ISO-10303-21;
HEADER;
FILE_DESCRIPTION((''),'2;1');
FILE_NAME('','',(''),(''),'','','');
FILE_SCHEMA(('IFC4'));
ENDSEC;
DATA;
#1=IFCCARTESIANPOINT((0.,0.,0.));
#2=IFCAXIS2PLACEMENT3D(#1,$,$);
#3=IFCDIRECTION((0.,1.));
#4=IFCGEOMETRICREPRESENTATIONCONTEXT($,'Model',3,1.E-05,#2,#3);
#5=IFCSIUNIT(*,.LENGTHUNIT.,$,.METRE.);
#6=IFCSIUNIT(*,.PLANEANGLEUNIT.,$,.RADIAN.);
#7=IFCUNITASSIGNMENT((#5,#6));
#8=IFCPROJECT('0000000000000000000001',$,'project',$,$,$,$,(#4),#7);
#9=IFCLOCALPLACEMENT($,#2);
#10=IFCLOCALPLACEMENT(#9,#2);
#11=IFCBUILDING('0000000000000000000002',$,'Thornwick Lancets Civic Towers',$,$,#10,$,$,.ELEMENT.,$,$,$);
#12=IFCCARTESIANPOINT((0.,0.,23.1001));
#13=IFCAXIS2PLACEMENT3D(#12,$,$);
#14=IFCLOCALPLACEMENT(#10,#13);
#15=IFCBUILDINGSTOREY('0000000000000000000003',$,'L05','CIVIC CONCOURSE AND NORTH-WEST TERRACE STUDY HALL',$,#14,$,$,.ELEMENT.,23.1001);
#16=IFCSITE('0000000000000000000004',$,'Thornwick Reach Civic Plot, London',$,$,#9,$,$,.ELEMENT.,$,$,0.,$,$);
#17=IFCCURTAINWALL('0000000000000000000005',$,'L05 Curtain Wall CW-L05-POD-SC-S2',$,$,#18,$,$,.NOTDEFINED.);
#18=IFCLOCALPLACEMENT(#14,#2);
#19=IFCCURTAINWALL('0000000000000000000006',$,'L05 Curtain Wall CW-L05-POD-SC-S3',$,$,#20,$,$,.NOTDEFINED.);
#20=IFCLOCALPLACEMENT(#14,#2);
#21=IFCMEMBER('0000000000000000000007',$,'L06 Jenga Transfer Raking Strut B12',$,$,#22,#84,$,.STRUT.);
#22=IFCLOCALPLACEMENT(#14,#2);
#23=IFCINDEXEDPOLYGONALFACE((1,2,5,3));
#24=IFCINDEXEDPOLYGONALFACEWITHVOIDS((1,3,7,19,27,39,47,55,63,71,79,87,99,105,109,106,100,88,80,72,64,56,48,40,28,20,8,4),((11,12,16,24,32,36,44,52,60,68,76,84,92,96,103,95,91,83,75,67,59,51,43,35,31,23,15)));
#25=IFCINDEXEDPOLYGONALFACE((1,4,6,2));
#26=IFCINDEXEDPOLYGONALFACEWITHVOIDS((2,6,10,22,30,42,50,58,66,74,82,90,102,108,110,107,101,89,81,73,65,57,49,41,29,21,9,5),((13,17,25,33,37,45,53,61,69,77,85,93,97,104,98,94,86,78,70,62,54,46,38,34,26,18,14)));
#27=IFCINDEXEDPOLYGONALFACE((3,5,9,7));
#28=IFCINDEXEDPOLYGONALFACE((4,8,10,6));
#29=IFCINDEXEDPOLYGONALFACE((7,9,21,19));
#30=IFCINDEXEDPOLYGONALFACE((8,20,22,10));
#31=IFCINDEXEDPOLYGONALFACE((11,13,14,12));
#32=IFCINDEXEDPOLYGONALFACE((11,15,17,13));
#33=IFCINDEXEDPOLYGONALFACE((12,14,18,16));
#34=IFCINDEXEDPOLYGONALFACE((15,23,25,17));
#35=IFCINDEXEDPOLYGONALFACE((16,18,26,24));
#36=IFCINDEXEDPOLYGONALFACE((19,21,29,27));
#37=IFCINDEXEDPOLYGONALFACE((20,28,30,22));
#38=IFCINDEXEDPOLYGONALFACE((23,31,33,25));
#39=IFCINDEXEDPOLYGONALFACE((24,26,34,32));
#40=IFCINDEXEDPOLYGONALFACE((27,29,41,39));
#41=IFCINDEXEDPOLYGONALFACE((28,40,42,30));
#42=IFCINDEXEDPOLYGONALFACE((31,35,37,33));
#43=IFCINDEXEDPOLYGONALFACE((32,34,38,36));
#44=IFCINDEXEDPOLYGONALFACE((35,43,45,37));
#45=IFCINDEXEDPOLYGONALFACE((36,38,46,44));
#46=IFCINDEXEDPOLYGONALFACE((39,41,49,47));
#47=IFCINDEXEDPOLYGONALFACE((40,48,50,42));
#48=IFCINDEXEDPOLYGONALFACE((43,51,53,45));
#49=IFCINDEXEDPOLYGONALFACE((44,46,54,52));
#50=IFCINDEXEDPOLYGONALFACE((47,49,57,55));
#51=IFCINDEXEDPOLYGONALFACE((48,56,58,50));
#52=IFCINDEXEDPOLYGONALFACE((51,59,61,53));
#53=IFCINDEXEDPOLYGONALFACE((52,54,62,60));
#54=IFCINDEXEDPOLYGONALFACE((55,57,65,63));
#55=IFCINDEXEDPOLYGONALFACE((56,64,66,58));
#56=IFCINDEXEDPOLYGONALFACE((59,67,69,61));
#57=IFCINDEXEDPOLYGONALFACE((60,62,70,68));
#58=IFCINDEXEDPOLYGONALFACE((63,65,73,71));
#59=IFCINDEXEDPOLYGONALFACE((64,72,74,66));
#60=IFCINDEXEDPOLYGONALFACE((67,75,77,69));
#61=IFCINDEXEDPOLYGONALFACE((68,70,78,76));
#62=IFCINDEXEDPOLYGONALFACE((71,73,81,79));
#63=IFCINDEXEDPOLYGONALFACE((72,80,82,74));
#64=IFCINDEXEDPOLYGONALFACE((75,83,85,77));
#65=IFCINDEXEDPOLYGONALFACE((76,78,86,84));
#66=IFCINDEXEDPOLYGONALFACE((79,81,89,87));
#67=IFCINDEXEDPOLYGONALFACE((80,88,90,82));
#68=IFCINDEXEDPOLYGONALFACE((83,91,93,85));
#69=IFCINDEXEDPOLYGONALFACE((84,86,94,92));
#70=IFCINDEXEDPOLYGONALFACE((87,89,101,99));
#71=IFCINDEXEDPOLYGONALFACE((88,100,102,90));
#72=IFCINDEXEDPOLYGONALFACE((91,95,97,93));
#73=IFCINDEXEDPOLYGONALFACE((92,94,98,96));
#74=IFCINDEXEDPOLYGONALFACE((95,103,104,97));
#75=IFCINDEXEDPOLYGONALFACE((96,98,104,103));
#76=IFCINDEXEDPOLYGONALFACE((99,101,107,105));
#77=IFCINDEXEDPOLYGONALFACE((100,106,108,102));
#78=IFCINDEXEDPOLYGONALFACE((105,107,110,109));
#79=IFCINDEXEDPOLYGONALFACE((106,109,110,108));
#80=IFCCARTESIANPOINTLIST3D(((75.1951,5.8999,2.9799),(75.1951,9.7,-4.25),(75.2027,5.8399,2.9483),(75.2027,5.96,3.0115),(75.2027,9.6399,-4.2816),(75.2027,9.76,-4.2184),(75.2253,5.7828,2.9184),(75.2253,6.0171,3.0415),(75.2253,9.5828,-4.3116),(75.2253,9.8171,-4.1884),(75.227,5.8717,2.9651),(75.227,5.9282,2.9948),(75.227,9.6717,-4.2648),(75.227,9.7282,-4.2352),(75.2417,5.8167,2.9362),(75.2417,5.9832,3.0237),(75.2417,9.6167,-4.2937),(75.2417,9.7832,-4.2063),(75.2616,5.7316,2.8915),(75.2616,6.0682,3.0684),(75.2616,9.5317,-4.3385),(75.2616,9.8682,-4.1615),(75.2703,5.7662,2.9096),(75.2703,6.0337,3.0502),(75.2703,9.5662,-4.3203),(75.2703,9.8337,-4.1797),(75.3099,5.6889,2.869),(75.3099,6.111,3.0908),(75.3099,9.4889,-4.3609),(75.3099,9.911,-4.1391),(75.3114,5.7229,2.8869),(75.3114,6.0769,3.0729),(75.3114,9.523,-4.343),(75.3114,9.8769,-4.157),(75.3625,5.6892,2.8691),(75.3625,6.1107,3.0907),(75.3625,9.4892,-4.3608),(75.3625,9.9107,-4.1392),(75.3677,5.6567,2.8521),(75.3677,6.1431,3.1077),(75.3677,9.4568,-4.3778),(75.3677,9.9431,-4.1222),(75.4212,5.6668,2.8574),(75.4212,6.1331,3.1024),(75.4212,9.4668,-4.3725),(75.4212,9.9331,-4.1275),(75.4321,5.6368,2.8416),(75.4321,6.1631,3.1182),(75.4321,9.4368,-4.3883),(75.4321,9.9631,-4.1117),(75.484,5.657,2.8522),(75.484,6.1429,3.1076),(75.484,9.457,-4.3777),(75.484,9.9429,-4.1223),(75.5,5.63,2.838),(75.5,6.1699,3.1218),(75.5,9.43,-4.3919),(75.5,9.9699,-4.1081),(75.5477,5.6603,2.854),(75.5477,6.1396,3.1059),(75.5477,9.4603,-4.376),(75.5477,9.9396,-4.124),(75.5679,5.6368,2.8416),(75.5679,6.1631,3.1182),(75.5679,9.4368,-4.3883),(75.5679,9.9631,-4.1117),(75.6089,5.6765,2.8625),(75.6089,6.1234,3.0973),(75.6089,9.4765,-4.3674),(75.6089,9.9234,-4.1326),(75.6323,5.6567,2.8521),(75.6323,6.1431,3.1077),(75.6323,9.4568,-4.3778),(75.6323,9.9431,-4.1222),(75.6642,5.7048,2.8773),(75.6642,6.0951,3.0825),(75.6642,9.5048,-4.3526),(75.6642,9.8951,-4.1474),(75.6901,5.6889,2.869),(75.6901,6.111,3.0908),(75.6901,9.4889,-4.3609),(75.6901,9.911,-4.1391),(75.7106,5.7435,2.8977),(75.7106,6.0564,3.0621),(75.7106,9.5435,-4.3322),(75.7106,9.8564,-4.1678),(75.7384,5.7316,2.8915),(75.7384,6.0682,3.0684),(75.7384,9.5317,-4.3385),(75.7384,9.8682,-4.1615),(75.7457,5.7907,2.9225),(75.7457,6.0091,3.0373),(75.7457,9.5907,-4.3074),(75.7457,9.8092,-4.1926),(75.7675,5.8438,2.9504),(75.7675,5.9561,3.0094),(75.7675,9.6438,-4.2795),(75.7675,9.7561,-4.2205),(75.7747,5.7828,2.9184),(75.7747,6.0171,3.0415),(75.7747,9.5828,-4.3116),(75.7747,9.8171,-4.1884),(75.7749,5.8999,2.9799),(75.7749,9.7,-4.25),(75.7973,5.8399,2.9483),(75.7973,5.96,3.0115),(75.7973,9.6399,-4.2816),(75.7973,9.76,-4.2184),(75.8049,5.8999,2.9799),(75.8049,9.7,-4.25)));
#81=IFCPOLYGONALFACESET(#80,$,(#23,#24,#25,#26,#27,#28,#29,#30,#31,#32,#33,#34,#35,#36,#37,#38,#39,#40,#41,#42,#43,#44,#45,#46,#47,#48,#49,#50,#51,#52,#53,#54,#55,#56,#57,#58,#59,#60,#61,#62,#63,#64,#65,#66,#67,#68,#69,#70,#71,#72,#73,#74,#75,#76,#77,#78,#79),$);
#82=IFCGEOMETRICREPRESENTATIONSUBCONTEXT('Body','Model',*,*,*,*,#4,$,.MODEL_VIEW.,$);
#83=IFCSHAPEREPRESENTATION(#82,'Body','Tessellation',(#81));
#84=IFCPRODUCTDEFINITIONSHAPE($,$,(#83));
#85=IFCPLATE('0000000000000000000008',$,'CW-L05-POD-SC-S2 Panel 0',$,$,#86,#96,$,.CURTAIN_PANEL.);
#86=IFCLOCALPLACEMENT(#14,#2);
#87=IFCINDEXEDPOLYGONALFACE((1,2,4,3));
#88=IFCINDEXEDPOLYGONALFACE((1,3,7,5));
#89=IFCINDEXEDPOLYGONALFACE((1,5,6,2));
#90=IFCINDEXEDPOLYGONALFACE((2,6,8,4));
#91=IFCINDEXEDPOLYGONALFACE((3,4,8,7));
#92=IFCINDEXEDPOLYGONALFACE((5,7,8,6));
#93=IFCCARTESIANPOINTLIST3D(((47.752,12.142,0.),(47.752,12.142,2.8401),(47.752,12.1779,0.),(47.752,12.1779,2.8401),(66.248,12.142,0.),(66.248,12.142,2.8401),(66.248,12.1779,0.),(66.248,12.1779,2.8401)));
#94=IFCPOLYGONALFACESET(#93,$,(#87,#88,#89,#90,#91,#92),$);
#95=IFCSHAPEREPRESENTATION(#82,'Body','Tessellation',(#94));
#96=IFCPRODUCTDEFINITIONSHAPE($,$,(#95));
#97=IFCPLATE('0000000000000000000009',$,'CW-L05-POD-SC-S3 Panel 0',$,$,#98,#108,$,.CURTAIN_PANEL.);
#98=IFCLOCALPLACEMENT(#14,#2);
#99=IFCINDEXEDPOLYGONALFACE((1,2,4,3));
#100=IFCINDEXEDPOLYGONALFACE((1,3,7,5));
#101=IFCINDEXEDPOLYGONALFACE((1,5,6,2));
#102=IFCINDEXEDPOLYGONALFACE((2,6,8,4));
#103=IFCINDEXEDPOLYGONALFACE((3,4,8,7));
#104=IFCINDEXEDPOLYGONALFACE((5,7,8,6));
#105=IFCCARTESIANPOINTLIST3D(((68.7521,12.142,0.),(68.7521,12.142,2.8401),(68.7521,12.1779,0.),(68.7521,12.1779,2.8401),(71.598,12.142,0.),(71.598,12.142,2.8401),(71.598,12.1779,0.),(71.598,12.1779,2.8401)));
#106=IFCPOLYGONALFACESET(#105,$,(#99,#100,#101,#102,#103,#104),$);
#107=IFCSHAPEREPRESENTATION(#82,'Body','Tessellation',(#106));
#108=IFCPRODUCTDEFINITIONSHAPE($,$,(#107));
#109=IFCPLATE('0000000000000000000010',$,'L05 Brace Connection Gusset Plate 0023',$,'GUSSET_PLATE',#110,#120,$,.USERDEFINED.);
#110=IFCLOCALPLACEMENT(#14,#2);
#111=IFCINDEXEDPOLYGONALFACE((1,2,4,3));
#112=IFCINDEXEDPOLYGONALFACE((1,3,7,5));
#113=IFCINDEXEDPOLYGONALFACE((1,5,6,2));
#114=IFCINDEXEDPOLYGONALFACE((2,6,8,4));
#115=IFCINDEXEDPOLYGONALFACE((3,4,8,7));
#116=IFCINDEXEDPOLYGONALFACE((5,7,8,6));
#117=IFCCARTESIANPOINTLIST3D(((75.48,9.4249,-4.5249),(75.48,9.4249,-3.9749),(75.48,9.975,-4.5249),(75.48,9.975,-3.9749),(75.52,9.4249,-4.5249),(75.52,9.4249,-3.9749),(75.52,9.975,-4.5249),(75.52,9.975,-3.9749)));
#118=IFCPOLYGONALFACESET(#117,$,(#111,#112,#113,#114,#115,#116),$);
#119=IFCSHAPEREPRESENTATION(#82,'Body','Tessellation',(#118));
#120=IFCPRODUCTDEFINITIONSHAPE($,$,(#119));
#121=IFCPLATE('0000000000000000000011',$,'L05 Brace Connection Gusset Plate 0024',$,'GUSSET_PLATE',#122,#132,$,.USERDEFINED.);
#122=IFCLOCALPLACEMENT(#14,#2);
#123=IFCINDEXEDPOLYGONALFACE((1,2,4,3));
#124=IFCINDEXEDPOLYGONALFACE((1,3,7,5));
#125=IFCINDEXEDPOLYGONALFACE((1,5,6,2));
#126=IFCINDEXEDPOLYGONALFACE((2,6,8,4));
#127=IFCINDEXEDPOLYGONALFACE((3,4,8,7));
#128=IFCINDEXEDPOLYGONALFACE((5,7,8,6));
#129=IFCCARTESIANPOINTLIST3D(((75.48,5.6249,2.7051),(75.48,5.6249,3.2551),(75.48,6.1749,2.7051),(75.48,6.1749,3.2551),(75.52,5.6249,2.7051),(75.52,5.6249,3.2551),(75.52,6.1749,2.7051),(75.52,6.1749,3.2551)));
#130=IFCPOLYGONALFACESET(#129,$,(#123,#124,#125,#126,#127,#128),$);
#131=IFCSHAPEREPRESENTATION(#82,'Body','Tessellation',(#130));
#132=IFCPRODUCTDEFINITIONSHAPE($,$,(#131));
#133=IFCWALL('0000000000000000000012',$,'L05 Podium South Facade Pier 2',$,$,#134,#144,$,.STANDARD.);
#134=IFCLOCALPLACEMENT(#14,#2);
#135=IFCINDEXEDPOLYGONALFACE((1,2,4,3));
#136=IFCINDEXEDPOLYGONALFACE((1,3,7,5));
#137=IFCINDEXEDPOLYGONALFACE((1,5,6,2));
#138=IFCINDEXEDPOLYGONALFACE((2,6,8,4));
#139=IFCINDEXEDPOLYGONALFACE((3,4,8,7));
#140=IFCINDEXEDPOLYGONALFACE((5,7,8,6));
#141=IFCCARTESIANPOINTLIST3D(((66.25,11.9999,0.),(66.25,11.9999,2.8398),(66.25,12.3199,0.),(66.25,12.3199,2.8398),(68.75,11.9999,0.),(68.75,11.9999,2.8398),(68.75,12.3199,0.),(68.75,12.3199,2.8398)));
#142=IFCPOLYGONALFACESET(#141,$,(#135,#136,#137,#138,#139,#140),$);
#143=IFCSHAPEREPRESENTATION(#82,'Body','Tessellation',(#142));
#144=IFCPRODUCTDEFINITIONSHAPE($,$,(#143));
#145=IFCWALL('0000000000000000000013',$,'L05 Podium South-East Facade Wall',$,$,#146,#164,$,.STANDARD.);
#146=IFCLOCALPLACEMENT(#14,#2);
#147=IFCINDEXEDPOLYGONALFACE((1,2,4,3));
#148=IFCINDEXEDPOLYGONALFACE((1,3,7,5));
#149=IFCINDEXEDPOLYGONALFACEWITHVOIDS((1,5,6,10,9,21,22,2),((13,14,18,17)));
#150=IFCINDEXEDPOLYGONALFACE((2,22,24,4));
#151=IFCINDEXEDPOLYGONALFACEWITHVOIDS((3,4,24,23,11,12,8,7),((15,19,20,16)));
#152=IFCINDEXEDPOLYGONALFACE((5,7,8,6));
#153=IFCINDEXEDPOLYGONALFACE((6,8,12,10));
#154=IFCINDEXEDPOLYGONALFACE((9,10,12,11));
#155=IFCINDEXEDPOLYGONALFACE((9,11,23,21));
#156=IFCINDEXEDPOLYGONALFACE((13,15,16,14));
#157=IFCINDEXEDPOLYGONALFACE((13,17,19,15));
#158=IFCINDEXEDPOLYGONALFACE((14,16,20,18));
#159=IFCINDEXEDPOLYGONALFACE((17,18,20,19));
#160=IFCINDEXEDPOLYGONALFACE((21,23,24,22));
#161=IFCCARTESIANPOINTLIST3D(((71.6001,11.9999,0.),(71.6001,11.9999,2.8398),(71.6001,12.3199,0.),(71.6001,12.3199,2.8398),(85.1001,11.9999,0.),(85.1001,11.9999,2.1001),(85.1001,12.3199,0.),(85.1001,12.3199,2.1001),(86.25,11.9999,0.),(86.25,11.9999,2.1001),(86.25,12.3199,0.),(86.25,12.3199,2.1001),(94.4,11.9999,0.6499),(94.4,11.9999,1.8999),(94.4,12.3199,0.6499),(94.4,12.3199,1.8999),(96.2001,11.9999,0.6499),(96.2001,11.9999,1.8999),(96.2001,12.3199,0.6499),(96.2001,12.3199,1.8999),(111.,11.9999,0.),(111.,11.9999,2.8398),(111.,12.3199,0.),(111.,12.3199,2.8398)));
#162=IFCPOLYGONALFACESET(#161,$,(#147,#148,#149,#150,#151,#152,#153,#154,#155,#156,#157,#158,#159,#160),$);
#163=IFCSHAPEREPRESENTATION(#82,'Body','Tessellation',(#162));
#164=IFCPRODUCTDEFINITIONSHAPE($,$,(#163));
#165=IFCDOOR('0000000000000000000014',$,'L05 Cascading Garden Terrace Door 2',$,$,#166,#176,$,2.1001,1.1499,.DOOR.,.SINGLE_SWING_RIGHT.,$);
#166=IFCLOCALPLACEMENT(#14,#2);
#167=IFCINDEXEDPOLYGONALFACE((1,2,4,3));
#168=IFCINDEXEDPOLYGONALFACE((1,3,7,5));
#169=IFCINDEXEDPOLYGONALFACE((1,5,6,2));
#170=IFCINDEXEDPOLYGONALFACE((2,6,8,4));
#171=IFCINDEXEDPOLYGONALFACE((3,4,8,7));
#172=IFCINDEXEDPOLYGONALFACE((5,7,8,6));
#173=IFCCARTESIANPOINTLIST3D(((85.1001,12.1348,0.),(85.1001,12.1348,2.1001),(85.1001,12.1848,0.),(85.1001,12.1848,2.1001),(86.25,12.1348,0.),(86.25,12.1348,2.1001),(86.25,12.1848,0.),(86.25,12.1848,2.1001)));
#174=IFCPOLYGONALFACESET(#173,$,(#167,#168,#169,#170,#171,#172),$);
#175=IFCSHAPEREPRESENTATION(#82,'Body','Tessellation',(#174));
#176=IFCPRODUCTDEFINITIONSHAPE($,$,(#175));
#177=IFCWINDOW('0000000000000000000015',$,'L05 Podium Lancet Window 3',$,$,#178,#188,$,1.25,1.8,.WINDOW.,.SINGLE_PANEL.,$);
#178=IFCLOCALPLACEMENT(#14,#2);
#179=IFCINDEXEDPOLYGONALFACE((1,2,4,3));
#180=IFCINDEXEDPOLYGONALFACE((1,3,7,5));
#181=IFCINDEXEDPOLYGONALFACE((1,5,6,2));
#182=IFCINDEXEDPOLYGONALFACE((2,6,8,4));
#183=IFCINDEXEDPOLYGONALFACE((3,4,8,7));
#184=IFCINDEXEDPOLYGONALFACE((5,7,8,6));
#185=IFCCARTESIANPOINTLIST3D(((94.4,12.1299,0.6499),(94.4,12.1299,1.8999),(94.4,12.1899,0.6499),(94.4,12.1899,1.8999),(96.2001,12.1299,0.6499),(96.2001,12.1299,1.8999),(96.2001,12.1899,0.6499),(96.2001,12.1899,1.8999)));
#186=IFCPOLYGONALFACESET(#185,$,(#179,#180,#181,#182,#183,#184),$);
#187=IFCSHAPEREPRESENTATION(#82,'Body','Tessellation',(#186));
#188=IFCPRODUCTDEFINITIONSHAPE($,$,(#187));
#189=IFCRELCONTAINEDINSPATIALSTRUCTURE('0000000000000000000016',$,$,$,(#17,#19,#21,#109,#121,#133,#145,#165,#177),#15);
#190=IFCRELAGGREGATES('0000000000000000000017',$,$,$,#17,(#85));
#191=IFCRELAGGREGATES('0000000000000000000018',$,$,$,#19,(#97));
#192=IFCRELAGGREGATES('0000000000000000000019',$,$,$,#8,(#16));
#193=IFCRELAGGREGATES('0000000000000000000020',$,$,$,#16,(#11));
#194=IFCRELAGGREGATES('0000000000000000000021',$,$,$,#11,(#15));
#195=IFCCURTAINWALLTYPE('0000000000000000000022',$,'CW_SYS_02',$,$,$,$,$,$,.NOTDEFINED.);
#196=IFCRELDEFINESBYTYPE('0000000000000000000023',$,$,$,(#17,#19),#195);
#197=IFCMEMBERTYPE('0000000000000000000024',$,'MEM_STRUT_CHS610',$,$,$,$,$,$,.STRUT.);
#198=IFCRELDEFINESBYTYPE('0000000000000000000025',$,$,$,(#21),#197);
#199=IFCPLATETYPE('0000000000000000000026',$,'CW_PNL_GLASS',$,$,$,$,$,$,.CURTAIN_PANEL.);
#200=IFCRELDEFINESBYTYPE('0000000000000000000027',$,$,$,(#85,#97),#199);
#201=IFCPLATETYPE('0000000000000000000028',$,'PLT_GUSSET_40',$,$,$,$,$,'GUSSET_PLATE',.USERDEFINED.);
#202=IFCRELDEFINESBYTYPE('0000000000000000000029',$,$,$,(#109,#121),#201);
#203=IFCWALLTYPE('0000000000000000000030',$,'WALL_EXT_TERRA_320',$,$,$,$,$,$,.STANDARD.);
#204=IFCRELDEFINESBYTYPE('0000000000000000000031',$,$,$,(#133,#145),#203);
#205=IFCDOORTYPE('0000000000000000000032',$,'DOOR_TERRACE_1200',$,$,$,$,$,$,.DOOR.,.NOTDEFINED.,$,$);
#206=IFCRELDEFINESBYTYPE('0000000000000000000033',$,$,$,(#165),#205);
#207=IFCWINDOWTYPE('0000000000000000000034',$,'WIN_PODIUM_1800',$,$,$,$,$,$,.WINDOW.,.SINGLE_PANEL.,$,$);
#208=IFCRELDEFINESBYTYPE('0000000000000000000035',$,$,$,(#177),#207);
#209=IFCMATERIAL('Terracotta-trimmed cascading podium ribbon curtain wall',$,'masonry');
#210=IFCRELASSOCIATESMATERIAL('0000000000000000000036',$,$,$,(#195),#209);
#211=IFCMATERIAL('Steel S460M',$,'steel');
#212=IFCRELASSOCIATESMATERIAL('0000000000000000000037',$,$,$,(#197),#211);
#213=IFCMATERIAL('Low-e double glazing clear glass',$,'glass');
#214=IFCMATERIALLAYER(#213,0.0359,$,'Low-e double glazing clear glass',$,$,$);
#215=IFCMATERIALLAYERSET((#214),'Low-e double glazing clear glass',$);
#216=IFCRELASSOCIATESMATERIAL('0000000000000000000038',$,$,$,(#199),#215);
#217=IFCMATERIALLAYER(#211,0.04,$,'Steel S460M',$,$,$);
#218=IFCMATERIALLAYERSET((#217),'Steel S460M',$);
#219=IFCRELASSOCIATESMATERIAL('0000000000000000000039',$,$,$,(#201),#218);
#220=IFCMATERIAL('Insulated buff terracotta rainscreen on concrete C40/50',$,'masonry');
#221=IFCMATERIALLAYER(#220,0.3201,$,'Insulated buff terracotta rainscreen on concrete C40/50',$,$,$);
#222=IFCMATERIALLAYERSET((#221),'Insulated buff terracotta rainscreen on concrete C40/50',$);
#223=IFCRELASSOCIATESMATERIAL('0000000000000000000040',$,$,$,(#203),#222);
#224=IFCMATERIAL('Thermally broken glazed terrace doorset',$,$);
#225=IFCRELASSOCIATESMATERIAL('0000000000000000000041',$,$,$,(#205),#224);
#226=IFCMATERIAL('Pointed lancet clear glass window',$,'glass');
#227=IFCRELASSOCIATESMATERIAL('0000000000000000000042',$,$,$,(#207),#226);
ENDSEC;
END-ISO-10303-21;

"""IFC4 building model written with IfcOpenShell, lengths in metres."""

from ifc_helpers import new_model, si_unit, direction, frame, frame_2d, origin, origin_2d, place, context, subcontext, project, spatial, rectangle, hollow_circle, extrude, material, layer, layer_set, material_profile, profile_set, type_object, element, fill, aggregate, save


model = new_model("IFC4")

# Units and contexts
model_context = context("Model", 3, precision=1e-05, world=origin(), true_north=direction((0.0, 1.0)))
body_context = subcontext(model_context, "Body", "Model", "MODEL_VIEW")
ifc_project = project(units=[si_unit("LENGTHUNIT", "METRE"), si_unit("PLANEANGLEUNIT", "RADIAN")], contexts=[model_context])

# Site, building, storey
site_placement = place(None, origin())
site = spatial("IfcSite", under=ifc_project, at=site_placement, Name="Thornwick Reach Civic Plot, London", CompositionType="ELEMENT", RefElevation=0.0)
building_placement = place(site_placement, origin())
building = spatial("IfcBuilding", under=site, at=building_placement, Name="Thornwick Lancets Civic Towers", CompositionType="ELEMENT")
storey_placement = place(building_placement, frame((0.0, 0.0, 23.1001)))
storey = spatial("IfcBuildingStorey", under=building, at=storey_placement, Name="L05", Description="CIVIC CONCOURSE AND NORTH-WEST TERRACE STUDY HALL", CompositionType="ELEMENT", Elevation=23.1001)

# Shared definitions
ifc_material_1 = material(Name="Steel S460M", Category="steel")

# Curtain wall
ifc_material_2 = material(Name="Terracotta-trimmed cascading podium ribbon curtain wall", Category="masonry")
curtain_wall_type = type_object("IfcCurtainWallType", Name="CW_SYS_02", PredefinedType="NOTDEFINED", material=ifc_material_2)
curtain_wall_1_placement = place(storey_placement, origin())
curtain_wall_1 = element("IfcCurtainWall", 1, at=curtain_wall_1_placement, inside=storey, type_object=curtain_wall_type, Name="L05 Curtain Wall CW-L05-POD-SC-S2", PredefinedType="NOTDEFINED")

# Curtain wall
curtain_wall_2_placement = place(storey_placement, origin())
curtain_wall_2 = element("IfcCurtainWall", 2, at=curtain_wall_2_placement, inside=storey, type_object=curtain_wall_type, Name="L05 Curtain Wall CW-L05-POD-SC-S3", PredefinedType="NOTDEFINED")

# Member
ifc_material_profile_1 = material_profile(ifc_material_1, hollow_circle(Radius=0.3049, WallThickness=0.03, at=origin_2d()), Name="CHS 610x30")
ifc_profile_set_1 = profile_set([ifc_material_profile_1], Name="Steel S460M")
member_type_1 = type_object("IfcMemberType", Name="MEM_STRUT_CHS610", PredefinedType="STRUT", material=ifc_profile_set_1)
member_1_placement = place(storey_placement, frame((75.5, 9.7, -4.25), z_axis=(0.0, -0.465247, 0.885181), x_axis=(1.0, 0.0, 0.0)))
element("IfcMember", 3, at=member_1_placement, inside=storey, type_object=member_type_1, Name="L06 Jenga Transfer Raking Strut B12", PredefinedType="STRUT", context=body_context, shape_type="SweptSolid", body=[
    extrude(hollow_circle(Radius=0.3049, WallThickness=0.03, at=origin_2d()), origin(), (0.0, 0.0, 1.0), 8.1677),
])

# Plates
ifc_material_3 = material(Name="Low-e double glazing clear glass", Category="glass")
ifc_layer_1 = layer(ifc_material_3, 0.0359, Name="Low-e double glazing clear glass")
ifc_layer_set_1 = layer_set([ifc_layer_1], Name="Low-e double glazing clear glass")
plate_type_1 = type_object("IfcPlateType", Name="CW_PNL_GLASS", PredefinedType="CURTAIN_PANEL", material=ifc_layer_set_1)
plate_1_placement = place(storey_placement, frame((57.0, 12.1599, 0.0), z_axis=(0.0, 0.0, 1.0), x_axis=(1.0, 0.0, 0.0)))
plate_1 = element("IfcPlate", 4, at=plate_1_placement, type_object=plate_type_1, Name="CW-L05-POD-SC-S2 Panel 0", PredefinedType="CURTAIN_PANEL", context=body_context, shape_type="SweptSolid", body=[
    extrude(rectangle(XDim=18.4961, YDim=0.0359, at=origin_2d()), origin(), (0.0, 0.0, 1.0), 2.8401),
])
aggregate(curtain_wall_1, [plate_1])
plate_2_placement = place(storey_placement, frame((70.175, 12.1599, 0.0), z_axis=(0.0, 0.0, 1.0), x_axis=(1.0, 0.0, 0.0)))
plate_2 = element("IfcPlate", 5, at=plate_2_placement, type_object=plate_type_1, Name="CW-L05-POD-SC-S3 Panel 0", PredefinedType="CURTAIN_PANEL", context=body_context, shape_type="SweptSolid", body=[
    extrude(rectangle(XDim=2.8459, YDim=0.0359, at=origin_2d()), origin(), (0.0, 0.0, 1.0), 2.8401),
])
aggregate(curtain_wall_2, [plate_2])

# Plates
ifc_layer_2 = layer(ifc_material_1, 0.04, Name="Steel S460M")
ifc_layer_set_2 = layer_set([ifc_layer_2], Name="Steel S460M")
plate_type_2 = type_object("IfcPlateType", Name="PLT_GUSSET_40", ElementType="GUSSET_PLATE", PredefinedType="USERDEFINED", material=ifc_layer_set_2)
for number, where, z_axis, x_axis, name in (
    (6, (75.5, 9.7, -4.5249), (0.0, 0.0, 1.0), (0.0, -1.0, 0.0), "L05 Brace Connection Gusset Plate 0023"),
    (7, (75.5, 5.8999, 2.7051), (0.0, 0.0, 1.0), (0.0, -1.0, 0.0), "L05 Brace Connection Gusset Plate 0024"),
):
    element("IfcPlate", number, at=place(storey_placement, frame(where, z_axis=z_axis, x_axis=x_axis)), inside=storey, type_object=plate_type_2, Name=name, ObjectType="GUSSET_PLATE", PredefinedType="USERDEFINED", context=body_context, shape_type="SweptSolid", body=[
        extrude(rectangle(XDim=0.55, YDim=0.04, at=origin_2d()), origin(), (0.0, 0.0, 1.0), 0.55),
    ])

# Wall
ifc_material_4 = material(Name="Insulated buff terracotta rainscreen on concrete C40/50", Category="masonry")
ifc_layer_3 = layer(ifc_material_4, 0.3201, Name="Insulated buff terracotta rainscreen on concrete C40/50")
ifc_layer_set_3 = layer_set([ifc_layer_3], Name="Insulated buff terracotta rainscreen on concrete C40/50")
wall_type_1 = type_object("IfcWallType", Name="WALL_EXT_TERRA_320", PredefinedType="STANDARD", material=ifc_layer_set_3)
wall_1_placement = place(storey_placement, frame((66.25, 12.1599, 0.0), z_axis=(0.0, 0.0, 1.0), x_axis=(1.0, 0.0, 0.0)))
element("IfcWall", 8, at=wall_1_placement, inside=storey, type_object=wall_type_1, Name="L05 Podium South Facade Pier 2", PredefinedType="STANDARD", context=body_context, shape_type="SweptSolid", body=[
    extrude(rectangle(XDim=2.5, YDim=0.3201, at=frame_2d((1.25, 0.0))), origin(), (0.0, 0.0, 1.0), 2.8398),
])

# Wall, openings, door, window
wall_2_placement = place(storey_placement, frame((71.6001, 12.1599, 0.0), z_axis=(0.0, 0.0, 1.0), x_axis=(1.0, 0.0, 0.0)))
wall_2 = element("IfcWall", 9, at=wall_2_placement, inside=storey, type_object=wall_type_1, Name="L05 Podium South-East Facade Wall", PredefinedType="STANDARD", context=body_context, shape_type="SweptSolid", body=[
    extrude(rectangle(XDim=39.3999, YDim=0.3201, at=frame_2d((19.7, 0.0))), origin(), (0.0, 0.0, 1.0), 2.8398),
])
opening_1_placement = place(wall_2_placement, frame((13.5, 0.0, 0.0)))
opening_1 = element("IfcOpeningElement", 10, at=opening_1_placement, cuts=wall_2, PredefinedType="OPENING", context=body_context, shape_type="SweptSolid", body=[
    extrude(rectangle(XDim=1.1499, YDim=2.1001, at=frame_2d((0.575, 1.05))), frame((0.0, 0.1699, 0.0), z_axis=(0.0, -1.0, 0.0), x_axis=(1.0, 0.0, 0.0)), (0.0, 0.0, 1.0), 0.3401),
])
opening_2_placement = place(wall_2_placement, frame((22.8, 0.0, 0.6499)))
opening_2 = element("IfcOpeningElement", 11, at=opening_2_placement, cuts=wall_2, PredefinedType="OPENING", context=body_context, shape_type="SweptSolid", body=[
    extrude(rectangle(XDim=1.8, YDim=1.25, at=frame_2d((0.8999, 0.625))), frame((0.0, 0.1699, 0.0), z_axis=(0.0, -1.0, 0.0), x_axis=(1.0, 0.0, 0.0)), (0.0, 0.0, 1.0), 0.3401),
])
ifc_material_5 = material(Name="Thermally broken glazed terrace doorset")
door_type_1 = type_object("IfcDoorType", Name="DOOR_TERRACE_1200", OperationType="NOTDEFINED", PredefinedType="DOOR", material=ifc_material_5)
door_1_placement = place(opening_1_placement, origin())
door_1 = element("IfcDoor", 12, at=door_1_placement, inside=storey, type_object=door_type_1, Name="L05 Cascading Garden Terrace Door 2", OperationType="SINGLE_SWING_RIGHT", OverallHeight=2.1001, OverallWidth=1.1499, PredefinedType="DOOR", context=body_context, shape_type="SweptSolid", body=[
    extrude(rectangle(XDim=1.1499, YDim=2.1001, at=frame_2d((0.575, 1.05))), frame((0.0, 0.0249, 0.0), z_axis=(0.0, -1.0, 0.0), x_axis=(1.0, 0.0, 0.0)), (0.0, 0.0, 1.0), 0.05),
])
fill(opening_1, door_1)
ifc_material_6 = material(Name="Pointed lancet clear glass window", Category="glass")
window_type = type_object("IfcWindowType", Name="WIN_PODIUM_1800", PartitioningType="SINGLE_PANEL", PredefinedType="WINDOW", material=ifc_material_6)
window_placement = place(opening_2_placement, origin())
window = element("IfcWindow", 13, at=window_placement, inside=storey, type_object=window_type, Name="L05 Podium Lancet Window 3", OverallHeight=1.25, OverallWidth=1.8, PartitioningType="SINGLE_PANEL", PredefinedType="WINDOW", context=body_context, shape_type="SweptSolid", body=[
    extrude(rectangle(XDim=1.8, YDim=1.25, at=frame_2d((0.8999, 0.625))), frame((0.0, 0.03, 0.0), z_axis=(0.0, -1.0, 0.0), x_axis=(1.0, 0.0, 0.0)), (0.0, 0.0, 1.0), 0.0601),
])
fill(opening_2, window)

save(model, "model.ifc")
